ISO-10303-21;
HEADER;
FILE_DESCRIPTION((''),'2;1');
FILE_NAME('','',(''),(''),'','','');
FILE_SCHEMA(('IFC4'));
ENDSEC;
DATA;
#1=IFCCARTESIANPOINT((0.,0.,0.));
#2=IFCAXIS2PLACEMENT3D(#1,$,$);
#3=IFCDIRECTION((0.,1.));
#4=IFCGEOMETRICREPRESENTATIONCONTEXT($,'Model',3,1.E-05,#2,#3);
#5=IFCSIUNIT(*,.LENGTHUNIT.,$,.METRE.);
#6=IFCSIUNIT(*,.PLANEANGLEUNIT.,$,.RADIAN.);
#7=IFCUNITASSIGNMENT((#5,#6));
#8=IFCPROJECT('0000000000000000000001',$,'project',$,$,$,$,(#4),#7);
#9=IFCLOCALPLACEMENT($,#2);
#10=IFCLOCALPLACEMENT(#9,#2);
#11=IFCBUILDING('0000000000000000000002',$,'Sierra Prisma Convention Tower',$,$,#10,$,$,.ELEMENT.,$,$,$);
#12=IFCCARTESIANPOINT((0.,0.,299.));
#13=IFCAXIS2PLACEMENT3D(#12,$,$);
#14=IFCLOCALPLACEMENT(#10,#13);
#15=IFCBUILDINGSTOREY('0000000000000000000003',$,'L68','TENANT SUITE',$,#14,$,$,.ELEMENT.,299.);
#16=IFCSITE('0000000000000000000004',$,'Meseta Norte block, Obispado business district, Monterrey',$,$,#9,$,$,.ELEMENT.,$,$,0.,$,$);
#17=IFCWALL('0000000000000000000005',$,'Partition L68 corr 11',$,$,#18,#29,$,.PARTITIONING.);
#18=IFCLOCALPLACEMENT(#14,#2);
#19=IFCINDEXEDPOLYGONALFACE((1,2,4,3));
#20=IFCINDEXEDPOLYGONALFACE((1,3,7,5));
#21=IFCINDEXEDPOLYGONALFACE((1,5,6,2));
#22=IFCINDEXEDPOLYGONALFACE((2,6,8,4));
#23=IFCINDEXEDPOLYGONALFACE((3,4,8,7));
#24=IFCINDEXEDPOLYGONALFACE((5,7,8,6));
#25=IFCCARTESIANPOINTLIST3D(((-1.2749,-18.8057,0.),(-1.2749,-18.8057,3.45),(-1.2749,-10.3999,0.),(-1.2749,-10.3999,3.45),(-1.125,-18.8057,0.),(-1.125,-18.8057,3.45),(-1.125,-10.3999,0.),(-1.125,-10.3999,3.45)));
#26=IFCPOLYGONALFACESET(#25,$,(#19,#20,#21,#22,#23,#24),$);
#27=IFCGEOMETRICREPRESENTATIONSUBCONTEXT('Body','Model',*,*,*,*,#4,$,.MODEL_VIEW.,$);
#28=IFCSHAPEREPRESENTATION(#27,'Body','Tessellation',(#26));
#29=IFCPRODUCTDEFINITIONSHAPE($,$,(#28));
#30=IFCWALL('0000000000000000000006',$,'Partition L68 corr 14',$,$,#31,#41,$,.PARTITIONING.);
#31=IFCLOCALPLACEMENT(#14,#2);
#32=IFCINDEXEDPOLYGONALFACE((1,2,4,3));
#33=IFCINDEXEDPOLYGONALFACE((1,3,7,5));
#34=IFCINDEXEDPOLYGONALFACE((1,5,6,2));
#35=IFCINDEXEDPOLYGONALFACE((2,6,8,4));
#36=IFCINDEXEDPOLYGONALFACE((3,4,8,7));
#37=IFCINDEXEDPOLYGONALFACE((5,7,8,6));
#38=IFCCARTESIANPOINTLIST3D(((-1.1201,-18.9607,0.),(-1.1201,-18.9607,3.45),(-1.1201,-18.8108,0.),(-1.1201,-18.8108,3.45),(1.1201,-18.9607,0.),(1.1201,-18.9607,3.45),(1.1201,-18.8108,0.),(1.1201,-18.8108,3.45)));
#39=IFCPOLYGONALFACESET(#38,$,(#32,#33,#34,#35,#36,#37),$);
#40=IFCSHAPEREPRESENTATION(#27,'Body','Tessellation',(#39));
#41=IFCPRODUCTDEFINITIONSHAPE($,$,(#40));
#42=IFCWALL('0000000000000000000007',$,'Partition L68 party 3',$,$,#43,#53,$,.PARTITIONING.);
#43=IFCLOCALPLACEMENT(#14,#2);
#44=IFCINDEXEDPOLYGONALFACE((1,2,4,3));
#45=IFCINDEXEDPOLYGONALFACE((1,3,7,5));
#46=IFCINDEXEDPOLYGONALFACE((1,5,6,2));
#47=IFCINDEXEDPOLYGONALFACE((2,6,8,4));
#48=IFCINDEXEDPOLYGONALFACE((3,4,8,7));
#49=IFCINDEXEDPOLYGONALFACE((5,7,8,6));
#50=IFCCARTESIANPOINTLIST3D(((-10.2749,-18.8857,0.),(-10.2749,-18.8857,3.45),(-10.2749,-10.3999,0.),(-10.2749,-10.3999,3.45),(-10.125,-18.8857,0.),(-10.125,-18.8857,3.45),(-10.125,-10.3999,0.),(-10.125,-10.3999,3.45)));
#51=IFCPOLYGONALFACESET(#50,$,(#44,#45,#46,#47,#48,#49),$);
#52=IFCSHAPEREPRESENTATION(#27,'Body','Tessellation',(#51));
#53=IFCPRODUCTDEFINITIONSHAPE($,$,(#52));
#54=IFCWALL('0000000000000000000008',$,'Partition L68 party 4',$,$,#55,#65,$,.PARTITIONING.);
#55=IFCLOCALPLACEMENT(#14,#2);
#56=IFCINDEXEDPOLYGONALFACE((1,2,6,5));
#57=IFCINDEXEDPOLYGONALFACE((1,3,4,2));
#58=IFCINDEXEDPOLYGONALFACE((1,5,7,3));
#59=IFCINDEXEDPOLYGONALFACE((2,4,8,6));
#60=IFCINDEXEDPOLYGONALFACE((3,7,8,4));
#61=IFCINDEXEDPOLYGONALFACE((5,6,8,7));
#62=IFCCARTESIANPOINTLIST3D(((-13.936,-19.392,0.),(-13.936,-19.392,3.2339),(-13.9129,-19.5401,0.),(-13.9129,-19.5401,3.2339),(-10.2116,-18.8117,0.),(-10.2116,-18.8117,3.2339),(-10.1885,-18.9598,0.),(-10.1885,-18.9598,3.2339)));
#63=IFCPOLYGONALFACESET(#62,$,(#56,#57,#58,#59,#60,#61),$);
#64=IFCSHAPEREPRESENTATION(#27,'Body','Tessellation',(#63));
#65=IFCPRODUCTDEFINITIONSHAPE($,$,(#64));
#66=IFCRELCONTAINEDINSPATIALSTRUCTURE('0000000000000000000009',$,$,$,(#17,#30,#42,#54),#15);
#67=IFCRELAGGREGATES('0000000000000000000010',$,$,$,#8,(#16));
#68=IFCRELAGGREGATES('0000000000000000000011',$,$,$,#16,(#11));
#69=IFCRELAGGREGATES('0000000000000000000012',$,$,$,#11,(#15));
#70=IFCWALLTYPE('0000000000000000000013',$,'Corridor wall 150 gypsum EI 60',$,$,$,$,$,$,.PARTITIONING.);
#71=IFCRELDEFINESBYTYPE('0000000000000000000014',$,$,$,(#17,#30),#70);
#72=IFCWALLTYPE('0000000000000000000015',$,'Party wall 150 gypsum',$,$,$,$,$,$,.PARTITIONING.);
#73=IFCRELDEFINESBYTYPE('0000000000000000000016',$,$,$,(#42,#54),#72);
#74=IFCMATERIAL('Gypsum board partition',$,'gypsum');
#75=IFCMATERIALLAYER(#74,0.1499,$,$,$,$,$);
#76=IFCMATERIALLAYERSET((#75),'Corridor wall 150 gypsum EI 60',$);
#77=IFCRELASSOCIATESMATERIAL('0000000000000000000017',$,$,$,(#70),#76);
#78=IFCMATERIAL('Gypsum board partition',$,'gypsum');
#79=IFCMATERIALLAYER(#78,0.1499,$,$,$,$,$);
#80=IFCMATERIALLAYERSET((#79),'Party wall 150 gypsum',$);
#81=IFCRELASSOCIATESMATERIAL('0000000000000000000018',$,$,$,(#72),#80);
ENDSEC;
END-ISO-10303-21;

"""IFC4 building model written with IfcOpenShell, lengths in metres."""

from ifc_helpers import new_model, si_unit, direction, frame, frame_2d, origin, place, context, subcontext, project, spatial, rectangle, extrude, material, layer, layer_set, type_object, element, save


model = new_model("IFC4")

# Units and contexts
model_context = context("Model", 3, precision=1e-05, world=origin(), true_north=direction((0.0, 1.0)))
body_context = subcontext(model_context, "Body", "Model", "MODEL_VIEW")
ifc_project = project(units=[si_unit("LENGTHUNIT", "METRE"), si_unit("PLANEANGLEUNIT", "RADIAN")], contexts=[model_context])

# Site, building, storey
site_placement = place(None, origin())
site = spatial("IfcSite", under=ifc_project, at=site_placement, Name="Meseta Norte block, Obispado business district, Monterrey", CompositionType="ELEMENT", RefElevation=0.0)
building_placement = place(site_placement, origin())
building = spatial("IfcBuilding", under=site, at=building_placement, Name="Sierra Prisma Convention Tower", CompositionType="ELEMENT")
storey_placement = place(building_placement, frame((0.0, 0.0, 299.0)))
storey = spatial("IfcBuildingStorey", under=building, at=storey_placement, Name="L68", Description="TENANT SUITE", CompositionType="ELEMENT", Elevation=299.0)

# Shared definitions
ifc_material_1 = material(Name="Gypsum board partition", Category="gypsum")
ifc_layer_1 = layer(ifc_material_1, 0.1499)
ifc_layer_set_1 = layer_set([ifc_layer_1], Name="Corridor wall 150 gypsum EI 60")
wall_type_1 = type_object("IfcWallType", Name="Corridor wall 150 gypsum EI 60", PredefinedType="PARTITIONING", material=ifc_layer_set_1)

# Walls
wall_1_placement = place(storey_placement, frame((-1.2, -10.3999, 0.0), z_axis=(0.0, 0.0, 1.0), x_axis=(0.0, -1.0, 0.0)))
element("IfcWall", 1, at=wall_1_placement, inside=storey, type_object=wall_type_1, Name="Partition L68 corr 11", PredefinedType="PARTITIONING", context=body_context, shape_type="SweptSolid", body=[
    extrude(rectangle(XDim=8.4058, YDim=0.1499, at=frame_2d((4.2029, 0.0))), origin(), (0.0, 0.0, 1.0), 3.45),
])
wall_2_placement = place(storey_placement, frame((-1.1201, -18.8857, 0.0), z_axis=(0.0, 0.0, 1.0), x_axis=(1.0, 0.0, 0.0)))
element("IfcWall", 2, at=wall_2_placement, inside=storey, type_object=wall_type_1, Name="Partition L68 corr 14", PredefinedType="PARTITIONING", context=body_context, shape_type="SweptSolid", body=[
    extrude(rectangle(XDim=2.2402, YDim=0.1499, at=frame_2d((1.1201, 0.0))), origin(), (0.0, 0.0, 1.0), 3.45),
])
ifc_material_2 = material(Name="Gypsum board partition", Category="gypsum")
ifc_layer_2 = layer(ifc_material_2, 0.1499)
ifc_layer_set_2 = layer_set([ifc_layer_2], Name="Party wall 150 gypsum")
wall_type_2 = type_object("IfcWallType", Name="Party wall 150 gypsum", PredefinedType="PARTITIONING", material=ifc_layer_set_2)
wall_3_placement = place(storey_placement, frame((-10.2, -10.3999, 0.0), z_axis=(0.0, 0.0, 1.0), x_axis=(0.0, -1.0, 0.0)))
element("IfcWall", 3, at=wall_3_placement, inside=storey, type_object=wall_type_2, Name="Partition L68 party 3", PredefinedType="PARTITIONING", context=body_context, shape_type="SweptSolid", body=[
    extrude(rectangle(XDim=8.4858, YDim=0.1499, at=frame_2d((4.2429, 0.0))), origin(), (0.0, 0.0, 1.0), 3.45),
])
wall_4_placement = place(storey_placement, frame((-10.2, -18.8857, 0.0), z_axis=(0.0, 0.0, 1.0), x_axis=(-0.988077, -0.15396, 0.0)))
element("IfcWall", 4, at=wall_4_placement, inside=storey, type_object=wall_type_2, Name="Partition L68 party 4", PredefinedType="PARTITIONING", context=body_context, shape_type="SweptSolid", body=[
    extrude(rectangle(XDim=3.7693, YDim=0.1499, at=frame_2d((1.8848, 0.0))), origin(), (0.0, 0.0, 1.0), 3.2339),
])

save(model, "model.ifc")
